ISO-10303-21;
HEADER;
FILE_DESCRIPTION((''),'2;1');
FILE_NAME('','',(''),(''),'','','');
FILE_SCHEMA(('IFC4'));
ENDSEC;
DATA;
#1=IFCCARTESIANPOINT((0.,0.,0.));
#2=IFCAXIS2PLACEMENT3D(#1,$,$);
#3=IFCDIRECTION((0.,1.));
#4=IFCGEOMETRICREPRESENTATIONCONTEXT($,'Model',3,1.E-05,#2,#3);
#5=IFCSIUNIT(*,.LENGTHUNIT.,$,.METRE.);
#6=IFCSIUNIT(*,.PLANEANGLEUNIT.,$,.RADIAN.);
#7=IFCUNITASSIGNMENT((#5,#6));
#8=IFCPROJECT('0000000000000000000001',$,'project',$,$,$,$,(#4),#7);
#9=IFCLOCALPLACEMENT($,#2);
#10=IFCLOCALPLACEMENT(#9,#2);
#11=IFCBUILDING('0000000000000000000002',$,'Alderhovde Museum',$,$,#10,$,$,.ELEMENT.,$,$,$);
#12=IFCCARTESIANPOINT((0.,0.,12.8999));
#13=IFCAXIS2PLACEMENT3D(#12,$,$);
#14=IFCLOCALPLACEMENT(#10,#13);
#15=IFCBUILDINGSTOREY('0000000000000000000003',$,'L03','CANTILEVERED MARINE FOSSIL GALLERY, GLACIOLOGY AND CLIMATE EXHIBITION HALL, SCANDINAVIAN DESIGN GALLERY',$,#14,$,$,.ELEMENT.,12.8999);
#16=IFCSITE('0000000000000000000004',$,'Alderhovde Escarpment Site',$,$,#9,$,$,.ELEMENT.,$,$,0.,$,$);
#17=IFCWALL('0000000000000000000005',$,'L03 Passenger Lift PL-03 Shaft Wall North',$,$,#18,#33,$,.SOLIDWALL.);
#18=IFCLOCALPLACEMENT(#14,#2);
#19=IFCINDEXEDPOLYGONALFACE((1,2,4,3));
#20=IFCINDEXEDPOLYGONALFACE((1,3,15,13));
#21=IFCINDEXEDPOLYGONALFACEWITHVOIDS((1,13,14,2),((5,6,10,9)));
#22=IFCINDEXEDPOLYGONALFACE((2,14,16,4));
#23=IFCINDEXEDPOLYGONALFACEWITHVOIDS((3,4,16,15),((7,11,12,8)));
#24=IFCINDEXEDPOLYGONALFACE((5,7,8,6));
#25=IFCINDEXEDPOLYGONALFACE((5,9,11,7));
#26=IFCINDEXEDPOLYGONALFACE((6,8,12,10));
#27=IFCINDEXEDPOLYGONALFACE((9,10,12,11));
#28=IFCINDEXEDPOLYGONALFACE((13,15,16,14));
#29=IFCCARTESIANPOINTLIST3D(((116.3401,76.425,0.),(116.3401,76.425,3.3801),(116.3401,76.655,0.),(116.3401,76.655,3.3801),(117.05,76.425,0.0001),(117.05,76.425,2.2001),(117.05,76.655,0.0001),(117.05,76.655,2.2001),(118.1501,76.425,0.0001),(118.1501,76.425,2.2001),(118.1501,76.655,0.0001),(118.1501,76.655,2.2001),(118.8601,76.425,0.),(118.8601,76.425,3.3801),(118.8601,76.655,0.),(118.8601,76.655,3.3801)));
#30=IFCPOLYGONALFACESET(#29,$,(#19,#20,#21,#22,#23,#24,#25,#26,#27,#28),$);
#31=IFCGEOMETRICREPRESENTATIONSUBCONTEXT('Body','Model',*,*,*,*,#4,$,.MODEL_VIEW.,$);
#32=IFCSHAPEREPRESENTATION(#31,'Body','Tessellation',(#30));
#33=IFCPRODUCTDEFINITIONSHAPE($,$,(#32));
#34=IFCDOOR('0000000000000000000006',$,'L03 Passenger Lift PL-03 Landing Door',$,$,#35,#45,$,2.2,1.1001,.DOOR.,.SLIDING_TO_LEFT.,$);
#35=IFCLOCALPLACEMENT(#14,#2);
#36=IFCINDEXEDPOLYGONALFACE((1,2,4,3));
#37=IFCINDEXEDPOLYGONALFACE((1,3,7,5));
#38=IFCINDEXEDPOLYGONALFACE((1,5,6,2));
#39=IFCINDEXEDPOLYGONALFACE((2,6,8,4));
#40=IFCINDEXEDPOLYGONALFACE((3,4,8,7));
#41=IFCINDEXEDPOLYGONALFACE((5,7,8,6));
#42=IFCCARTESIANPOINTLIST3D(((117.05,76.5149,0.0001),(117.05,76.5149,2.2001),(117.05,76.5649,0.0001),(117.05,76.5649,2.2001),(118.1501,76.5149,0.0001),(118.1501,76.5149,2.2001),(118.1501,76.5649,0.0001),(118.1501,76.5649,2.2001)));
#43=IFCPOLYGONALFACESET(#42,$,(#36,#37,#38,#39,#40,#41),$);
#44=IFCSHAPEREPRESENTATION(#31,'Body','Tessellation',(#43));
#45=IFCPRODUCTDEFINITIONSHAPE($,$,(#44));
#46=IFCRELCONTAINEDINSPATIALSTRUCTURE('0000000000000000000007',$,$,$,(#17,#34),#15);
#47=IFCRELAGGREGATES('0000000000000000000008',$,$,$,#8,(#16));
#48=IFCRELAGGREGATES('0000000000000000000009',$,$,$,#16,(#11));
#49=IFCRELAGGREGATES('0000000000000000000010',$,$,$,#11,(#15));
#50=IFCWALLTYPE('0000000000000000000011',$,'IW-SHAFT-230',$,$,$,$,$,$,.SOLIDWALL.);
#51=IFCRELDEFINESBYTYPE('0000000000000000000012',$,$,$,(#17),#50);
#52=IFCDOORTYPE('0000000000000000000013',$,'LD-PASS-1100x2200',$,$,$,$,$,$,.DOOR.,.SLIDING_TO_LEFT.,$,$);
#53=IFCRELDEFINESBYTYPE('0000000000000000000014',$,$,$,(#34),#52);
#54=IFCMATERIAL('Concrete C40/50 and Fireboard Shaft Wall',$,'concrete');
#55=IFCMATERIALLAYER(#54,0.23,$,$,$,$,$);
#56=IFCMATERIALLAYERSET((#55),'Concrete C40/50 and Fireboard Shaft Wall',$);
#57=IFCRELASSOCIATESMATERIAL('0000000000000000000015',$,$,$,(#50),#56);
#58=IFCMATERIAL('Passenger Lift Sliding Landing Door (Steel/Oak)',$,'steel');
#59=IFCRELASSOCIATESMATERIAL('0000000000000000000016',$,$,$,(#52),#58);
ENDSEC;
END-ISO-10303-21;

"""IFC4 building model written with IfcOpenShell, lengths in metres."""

from ifc_helpers import new_model, si_unit, direction, frame, frame_2d, origin, place, context, subcontext, project, spatial, rectangle, extrude, material, layer, layer_set, type_object, element, fill, save


model = new_model("IFC4")

# Units and contexts
model_context = context("Model", 3, precision=1e-05, world=origin(), true_north=direction((0.0, 1.0)))
body_context = subcontext(model_context, "Body", "Model", "MODEL_VIEW")
ifc_project = project(units=[si_unit("LENGTHUNIT", "METRE"), si_unit("PLANEANGLEUNIT", "RADIAN")], contexts=[model_context])

# Site, building, storey
site_placement = place(None, origin())
site = spatial("IfcSite", under=ifc_project, at=site_placement, Name="Alderhovde Escarpment Site", CompositionType="ELEMENT", RefElevation=0.0)
building_placement = place(site_placement, origin())
building = spatial("IfcBuilding", under=site, at=building_placement, Name="Alderhovde Museum", CompositionType="ELEMENT")
storey_placement = place(building_placement, frame((0.0, 0.0, 12.8999)))
storey = spatial("IfcBuildingStorey", under=building, at=storey_placement, Name="L03", Description="CANTILEVERED MARINE FOSSIL GALLERY, GLACIOLOGY AND CLIMATE EXHIBITION HALL, SCANDINAVIAN DESIGN GALLERY", CompositionType="ELEMENT", Elevation=12.8999)

# Wall, opening, door
ifc_material_1 = material(Name="Concrete C40/50 and Fireboard Shaft Wall", Category="concrete")
ifc_layer_1 = layer(ifc_material_1, 0.23)
ifc_layer_set_1 = layer_set([ifc_layer_1], Name="Concrete C40/50 and Fireboard Shaft Wall")
wall_type_1 = type_object("IfcWallType", Name="IW-SHAFT-230", PredefinedType="SOLIDWALL", material=ifc_layer_set_1)
wall_1_placement = place(storey_placement, frame((116.3401, 76.54, 0.0), z_axis=(0.0, 0.0, 1.0), x_axis=(1.0, 0.0, 0.0)))
wall_1 = element("IfcWall", 1, at=wall_1_placement, inside=storey, type_object=wall_type_1, Name="L03 Passenger Lift PL-03 Shaft Wall North", PredefinedType="SOLIDWALL", context=body_context, shape_type="SweptSolid", body=[
    extrude(rectangle(XDim=2.52, YDim=0.23, at=frame_2d((1.26, 0.0))), origin(), (0.0, 0.0, 1.0), 3.3801),
])
opening_1_placement = place(wall_1_placement, frame((0.71, 0.0, 0.0)))
opening_1 = element("IfcOpeningElement", 2, at=opening_1_placement, cuts=wall_1, PredefinedType="OPENING", context=body_context, shape_type="SweptSolid", body=[
    extrude(rectangle(XDim=1.1001, YDim=2.2, at=frame_2d((0.55, 1.1001))), frame((0.0, 0.125, 0.0), z_axis=(0.0, -1.0, 0.0), x_axis=(1.0, 0.0, 0.0)), (0.0, 0.0, 1.0), 0.25),
])
ifc_material_2 = material(Name="Passenger Lift Sliding Landing Door (Steel/Oak)", Category="steel")
door_type_1 = type_object("IfcDoorType", Name="LD-PASS-1100x2200", OperationType="SLIDING_TO_LEFT", PredefinedType="DOOR", material=ifc_material_2)
door_1_placement = place(opening_1_placement, origin())
door_1 = element("IfcDoor", 3, at=door_1_placement, inside=storey, type_object=door_type_1, Name="L03 Passenger Lift PL-03 Landing Door", OperationType="SLIDING_TO_LEFT", OverallHeight=2.2, OverallWidth=1.1001, PredefinedType="DOOR", context=body_context, shape_type="SweptSolid", body=[
    extrude(rectangle(XDim=1.1001, YDim=2.2, at=frame_2d((0.55, 1.1001))), frame((0.0, 0.0249, 0.0), z_axis=(0.0, -1.0, 0.0), x_axis=(1.0, 0.0, 0.0)), (0.0, 0.0, 1.0), 0.05),
])
fill(opening_1, door_1)

save(model, "model.ifc")
